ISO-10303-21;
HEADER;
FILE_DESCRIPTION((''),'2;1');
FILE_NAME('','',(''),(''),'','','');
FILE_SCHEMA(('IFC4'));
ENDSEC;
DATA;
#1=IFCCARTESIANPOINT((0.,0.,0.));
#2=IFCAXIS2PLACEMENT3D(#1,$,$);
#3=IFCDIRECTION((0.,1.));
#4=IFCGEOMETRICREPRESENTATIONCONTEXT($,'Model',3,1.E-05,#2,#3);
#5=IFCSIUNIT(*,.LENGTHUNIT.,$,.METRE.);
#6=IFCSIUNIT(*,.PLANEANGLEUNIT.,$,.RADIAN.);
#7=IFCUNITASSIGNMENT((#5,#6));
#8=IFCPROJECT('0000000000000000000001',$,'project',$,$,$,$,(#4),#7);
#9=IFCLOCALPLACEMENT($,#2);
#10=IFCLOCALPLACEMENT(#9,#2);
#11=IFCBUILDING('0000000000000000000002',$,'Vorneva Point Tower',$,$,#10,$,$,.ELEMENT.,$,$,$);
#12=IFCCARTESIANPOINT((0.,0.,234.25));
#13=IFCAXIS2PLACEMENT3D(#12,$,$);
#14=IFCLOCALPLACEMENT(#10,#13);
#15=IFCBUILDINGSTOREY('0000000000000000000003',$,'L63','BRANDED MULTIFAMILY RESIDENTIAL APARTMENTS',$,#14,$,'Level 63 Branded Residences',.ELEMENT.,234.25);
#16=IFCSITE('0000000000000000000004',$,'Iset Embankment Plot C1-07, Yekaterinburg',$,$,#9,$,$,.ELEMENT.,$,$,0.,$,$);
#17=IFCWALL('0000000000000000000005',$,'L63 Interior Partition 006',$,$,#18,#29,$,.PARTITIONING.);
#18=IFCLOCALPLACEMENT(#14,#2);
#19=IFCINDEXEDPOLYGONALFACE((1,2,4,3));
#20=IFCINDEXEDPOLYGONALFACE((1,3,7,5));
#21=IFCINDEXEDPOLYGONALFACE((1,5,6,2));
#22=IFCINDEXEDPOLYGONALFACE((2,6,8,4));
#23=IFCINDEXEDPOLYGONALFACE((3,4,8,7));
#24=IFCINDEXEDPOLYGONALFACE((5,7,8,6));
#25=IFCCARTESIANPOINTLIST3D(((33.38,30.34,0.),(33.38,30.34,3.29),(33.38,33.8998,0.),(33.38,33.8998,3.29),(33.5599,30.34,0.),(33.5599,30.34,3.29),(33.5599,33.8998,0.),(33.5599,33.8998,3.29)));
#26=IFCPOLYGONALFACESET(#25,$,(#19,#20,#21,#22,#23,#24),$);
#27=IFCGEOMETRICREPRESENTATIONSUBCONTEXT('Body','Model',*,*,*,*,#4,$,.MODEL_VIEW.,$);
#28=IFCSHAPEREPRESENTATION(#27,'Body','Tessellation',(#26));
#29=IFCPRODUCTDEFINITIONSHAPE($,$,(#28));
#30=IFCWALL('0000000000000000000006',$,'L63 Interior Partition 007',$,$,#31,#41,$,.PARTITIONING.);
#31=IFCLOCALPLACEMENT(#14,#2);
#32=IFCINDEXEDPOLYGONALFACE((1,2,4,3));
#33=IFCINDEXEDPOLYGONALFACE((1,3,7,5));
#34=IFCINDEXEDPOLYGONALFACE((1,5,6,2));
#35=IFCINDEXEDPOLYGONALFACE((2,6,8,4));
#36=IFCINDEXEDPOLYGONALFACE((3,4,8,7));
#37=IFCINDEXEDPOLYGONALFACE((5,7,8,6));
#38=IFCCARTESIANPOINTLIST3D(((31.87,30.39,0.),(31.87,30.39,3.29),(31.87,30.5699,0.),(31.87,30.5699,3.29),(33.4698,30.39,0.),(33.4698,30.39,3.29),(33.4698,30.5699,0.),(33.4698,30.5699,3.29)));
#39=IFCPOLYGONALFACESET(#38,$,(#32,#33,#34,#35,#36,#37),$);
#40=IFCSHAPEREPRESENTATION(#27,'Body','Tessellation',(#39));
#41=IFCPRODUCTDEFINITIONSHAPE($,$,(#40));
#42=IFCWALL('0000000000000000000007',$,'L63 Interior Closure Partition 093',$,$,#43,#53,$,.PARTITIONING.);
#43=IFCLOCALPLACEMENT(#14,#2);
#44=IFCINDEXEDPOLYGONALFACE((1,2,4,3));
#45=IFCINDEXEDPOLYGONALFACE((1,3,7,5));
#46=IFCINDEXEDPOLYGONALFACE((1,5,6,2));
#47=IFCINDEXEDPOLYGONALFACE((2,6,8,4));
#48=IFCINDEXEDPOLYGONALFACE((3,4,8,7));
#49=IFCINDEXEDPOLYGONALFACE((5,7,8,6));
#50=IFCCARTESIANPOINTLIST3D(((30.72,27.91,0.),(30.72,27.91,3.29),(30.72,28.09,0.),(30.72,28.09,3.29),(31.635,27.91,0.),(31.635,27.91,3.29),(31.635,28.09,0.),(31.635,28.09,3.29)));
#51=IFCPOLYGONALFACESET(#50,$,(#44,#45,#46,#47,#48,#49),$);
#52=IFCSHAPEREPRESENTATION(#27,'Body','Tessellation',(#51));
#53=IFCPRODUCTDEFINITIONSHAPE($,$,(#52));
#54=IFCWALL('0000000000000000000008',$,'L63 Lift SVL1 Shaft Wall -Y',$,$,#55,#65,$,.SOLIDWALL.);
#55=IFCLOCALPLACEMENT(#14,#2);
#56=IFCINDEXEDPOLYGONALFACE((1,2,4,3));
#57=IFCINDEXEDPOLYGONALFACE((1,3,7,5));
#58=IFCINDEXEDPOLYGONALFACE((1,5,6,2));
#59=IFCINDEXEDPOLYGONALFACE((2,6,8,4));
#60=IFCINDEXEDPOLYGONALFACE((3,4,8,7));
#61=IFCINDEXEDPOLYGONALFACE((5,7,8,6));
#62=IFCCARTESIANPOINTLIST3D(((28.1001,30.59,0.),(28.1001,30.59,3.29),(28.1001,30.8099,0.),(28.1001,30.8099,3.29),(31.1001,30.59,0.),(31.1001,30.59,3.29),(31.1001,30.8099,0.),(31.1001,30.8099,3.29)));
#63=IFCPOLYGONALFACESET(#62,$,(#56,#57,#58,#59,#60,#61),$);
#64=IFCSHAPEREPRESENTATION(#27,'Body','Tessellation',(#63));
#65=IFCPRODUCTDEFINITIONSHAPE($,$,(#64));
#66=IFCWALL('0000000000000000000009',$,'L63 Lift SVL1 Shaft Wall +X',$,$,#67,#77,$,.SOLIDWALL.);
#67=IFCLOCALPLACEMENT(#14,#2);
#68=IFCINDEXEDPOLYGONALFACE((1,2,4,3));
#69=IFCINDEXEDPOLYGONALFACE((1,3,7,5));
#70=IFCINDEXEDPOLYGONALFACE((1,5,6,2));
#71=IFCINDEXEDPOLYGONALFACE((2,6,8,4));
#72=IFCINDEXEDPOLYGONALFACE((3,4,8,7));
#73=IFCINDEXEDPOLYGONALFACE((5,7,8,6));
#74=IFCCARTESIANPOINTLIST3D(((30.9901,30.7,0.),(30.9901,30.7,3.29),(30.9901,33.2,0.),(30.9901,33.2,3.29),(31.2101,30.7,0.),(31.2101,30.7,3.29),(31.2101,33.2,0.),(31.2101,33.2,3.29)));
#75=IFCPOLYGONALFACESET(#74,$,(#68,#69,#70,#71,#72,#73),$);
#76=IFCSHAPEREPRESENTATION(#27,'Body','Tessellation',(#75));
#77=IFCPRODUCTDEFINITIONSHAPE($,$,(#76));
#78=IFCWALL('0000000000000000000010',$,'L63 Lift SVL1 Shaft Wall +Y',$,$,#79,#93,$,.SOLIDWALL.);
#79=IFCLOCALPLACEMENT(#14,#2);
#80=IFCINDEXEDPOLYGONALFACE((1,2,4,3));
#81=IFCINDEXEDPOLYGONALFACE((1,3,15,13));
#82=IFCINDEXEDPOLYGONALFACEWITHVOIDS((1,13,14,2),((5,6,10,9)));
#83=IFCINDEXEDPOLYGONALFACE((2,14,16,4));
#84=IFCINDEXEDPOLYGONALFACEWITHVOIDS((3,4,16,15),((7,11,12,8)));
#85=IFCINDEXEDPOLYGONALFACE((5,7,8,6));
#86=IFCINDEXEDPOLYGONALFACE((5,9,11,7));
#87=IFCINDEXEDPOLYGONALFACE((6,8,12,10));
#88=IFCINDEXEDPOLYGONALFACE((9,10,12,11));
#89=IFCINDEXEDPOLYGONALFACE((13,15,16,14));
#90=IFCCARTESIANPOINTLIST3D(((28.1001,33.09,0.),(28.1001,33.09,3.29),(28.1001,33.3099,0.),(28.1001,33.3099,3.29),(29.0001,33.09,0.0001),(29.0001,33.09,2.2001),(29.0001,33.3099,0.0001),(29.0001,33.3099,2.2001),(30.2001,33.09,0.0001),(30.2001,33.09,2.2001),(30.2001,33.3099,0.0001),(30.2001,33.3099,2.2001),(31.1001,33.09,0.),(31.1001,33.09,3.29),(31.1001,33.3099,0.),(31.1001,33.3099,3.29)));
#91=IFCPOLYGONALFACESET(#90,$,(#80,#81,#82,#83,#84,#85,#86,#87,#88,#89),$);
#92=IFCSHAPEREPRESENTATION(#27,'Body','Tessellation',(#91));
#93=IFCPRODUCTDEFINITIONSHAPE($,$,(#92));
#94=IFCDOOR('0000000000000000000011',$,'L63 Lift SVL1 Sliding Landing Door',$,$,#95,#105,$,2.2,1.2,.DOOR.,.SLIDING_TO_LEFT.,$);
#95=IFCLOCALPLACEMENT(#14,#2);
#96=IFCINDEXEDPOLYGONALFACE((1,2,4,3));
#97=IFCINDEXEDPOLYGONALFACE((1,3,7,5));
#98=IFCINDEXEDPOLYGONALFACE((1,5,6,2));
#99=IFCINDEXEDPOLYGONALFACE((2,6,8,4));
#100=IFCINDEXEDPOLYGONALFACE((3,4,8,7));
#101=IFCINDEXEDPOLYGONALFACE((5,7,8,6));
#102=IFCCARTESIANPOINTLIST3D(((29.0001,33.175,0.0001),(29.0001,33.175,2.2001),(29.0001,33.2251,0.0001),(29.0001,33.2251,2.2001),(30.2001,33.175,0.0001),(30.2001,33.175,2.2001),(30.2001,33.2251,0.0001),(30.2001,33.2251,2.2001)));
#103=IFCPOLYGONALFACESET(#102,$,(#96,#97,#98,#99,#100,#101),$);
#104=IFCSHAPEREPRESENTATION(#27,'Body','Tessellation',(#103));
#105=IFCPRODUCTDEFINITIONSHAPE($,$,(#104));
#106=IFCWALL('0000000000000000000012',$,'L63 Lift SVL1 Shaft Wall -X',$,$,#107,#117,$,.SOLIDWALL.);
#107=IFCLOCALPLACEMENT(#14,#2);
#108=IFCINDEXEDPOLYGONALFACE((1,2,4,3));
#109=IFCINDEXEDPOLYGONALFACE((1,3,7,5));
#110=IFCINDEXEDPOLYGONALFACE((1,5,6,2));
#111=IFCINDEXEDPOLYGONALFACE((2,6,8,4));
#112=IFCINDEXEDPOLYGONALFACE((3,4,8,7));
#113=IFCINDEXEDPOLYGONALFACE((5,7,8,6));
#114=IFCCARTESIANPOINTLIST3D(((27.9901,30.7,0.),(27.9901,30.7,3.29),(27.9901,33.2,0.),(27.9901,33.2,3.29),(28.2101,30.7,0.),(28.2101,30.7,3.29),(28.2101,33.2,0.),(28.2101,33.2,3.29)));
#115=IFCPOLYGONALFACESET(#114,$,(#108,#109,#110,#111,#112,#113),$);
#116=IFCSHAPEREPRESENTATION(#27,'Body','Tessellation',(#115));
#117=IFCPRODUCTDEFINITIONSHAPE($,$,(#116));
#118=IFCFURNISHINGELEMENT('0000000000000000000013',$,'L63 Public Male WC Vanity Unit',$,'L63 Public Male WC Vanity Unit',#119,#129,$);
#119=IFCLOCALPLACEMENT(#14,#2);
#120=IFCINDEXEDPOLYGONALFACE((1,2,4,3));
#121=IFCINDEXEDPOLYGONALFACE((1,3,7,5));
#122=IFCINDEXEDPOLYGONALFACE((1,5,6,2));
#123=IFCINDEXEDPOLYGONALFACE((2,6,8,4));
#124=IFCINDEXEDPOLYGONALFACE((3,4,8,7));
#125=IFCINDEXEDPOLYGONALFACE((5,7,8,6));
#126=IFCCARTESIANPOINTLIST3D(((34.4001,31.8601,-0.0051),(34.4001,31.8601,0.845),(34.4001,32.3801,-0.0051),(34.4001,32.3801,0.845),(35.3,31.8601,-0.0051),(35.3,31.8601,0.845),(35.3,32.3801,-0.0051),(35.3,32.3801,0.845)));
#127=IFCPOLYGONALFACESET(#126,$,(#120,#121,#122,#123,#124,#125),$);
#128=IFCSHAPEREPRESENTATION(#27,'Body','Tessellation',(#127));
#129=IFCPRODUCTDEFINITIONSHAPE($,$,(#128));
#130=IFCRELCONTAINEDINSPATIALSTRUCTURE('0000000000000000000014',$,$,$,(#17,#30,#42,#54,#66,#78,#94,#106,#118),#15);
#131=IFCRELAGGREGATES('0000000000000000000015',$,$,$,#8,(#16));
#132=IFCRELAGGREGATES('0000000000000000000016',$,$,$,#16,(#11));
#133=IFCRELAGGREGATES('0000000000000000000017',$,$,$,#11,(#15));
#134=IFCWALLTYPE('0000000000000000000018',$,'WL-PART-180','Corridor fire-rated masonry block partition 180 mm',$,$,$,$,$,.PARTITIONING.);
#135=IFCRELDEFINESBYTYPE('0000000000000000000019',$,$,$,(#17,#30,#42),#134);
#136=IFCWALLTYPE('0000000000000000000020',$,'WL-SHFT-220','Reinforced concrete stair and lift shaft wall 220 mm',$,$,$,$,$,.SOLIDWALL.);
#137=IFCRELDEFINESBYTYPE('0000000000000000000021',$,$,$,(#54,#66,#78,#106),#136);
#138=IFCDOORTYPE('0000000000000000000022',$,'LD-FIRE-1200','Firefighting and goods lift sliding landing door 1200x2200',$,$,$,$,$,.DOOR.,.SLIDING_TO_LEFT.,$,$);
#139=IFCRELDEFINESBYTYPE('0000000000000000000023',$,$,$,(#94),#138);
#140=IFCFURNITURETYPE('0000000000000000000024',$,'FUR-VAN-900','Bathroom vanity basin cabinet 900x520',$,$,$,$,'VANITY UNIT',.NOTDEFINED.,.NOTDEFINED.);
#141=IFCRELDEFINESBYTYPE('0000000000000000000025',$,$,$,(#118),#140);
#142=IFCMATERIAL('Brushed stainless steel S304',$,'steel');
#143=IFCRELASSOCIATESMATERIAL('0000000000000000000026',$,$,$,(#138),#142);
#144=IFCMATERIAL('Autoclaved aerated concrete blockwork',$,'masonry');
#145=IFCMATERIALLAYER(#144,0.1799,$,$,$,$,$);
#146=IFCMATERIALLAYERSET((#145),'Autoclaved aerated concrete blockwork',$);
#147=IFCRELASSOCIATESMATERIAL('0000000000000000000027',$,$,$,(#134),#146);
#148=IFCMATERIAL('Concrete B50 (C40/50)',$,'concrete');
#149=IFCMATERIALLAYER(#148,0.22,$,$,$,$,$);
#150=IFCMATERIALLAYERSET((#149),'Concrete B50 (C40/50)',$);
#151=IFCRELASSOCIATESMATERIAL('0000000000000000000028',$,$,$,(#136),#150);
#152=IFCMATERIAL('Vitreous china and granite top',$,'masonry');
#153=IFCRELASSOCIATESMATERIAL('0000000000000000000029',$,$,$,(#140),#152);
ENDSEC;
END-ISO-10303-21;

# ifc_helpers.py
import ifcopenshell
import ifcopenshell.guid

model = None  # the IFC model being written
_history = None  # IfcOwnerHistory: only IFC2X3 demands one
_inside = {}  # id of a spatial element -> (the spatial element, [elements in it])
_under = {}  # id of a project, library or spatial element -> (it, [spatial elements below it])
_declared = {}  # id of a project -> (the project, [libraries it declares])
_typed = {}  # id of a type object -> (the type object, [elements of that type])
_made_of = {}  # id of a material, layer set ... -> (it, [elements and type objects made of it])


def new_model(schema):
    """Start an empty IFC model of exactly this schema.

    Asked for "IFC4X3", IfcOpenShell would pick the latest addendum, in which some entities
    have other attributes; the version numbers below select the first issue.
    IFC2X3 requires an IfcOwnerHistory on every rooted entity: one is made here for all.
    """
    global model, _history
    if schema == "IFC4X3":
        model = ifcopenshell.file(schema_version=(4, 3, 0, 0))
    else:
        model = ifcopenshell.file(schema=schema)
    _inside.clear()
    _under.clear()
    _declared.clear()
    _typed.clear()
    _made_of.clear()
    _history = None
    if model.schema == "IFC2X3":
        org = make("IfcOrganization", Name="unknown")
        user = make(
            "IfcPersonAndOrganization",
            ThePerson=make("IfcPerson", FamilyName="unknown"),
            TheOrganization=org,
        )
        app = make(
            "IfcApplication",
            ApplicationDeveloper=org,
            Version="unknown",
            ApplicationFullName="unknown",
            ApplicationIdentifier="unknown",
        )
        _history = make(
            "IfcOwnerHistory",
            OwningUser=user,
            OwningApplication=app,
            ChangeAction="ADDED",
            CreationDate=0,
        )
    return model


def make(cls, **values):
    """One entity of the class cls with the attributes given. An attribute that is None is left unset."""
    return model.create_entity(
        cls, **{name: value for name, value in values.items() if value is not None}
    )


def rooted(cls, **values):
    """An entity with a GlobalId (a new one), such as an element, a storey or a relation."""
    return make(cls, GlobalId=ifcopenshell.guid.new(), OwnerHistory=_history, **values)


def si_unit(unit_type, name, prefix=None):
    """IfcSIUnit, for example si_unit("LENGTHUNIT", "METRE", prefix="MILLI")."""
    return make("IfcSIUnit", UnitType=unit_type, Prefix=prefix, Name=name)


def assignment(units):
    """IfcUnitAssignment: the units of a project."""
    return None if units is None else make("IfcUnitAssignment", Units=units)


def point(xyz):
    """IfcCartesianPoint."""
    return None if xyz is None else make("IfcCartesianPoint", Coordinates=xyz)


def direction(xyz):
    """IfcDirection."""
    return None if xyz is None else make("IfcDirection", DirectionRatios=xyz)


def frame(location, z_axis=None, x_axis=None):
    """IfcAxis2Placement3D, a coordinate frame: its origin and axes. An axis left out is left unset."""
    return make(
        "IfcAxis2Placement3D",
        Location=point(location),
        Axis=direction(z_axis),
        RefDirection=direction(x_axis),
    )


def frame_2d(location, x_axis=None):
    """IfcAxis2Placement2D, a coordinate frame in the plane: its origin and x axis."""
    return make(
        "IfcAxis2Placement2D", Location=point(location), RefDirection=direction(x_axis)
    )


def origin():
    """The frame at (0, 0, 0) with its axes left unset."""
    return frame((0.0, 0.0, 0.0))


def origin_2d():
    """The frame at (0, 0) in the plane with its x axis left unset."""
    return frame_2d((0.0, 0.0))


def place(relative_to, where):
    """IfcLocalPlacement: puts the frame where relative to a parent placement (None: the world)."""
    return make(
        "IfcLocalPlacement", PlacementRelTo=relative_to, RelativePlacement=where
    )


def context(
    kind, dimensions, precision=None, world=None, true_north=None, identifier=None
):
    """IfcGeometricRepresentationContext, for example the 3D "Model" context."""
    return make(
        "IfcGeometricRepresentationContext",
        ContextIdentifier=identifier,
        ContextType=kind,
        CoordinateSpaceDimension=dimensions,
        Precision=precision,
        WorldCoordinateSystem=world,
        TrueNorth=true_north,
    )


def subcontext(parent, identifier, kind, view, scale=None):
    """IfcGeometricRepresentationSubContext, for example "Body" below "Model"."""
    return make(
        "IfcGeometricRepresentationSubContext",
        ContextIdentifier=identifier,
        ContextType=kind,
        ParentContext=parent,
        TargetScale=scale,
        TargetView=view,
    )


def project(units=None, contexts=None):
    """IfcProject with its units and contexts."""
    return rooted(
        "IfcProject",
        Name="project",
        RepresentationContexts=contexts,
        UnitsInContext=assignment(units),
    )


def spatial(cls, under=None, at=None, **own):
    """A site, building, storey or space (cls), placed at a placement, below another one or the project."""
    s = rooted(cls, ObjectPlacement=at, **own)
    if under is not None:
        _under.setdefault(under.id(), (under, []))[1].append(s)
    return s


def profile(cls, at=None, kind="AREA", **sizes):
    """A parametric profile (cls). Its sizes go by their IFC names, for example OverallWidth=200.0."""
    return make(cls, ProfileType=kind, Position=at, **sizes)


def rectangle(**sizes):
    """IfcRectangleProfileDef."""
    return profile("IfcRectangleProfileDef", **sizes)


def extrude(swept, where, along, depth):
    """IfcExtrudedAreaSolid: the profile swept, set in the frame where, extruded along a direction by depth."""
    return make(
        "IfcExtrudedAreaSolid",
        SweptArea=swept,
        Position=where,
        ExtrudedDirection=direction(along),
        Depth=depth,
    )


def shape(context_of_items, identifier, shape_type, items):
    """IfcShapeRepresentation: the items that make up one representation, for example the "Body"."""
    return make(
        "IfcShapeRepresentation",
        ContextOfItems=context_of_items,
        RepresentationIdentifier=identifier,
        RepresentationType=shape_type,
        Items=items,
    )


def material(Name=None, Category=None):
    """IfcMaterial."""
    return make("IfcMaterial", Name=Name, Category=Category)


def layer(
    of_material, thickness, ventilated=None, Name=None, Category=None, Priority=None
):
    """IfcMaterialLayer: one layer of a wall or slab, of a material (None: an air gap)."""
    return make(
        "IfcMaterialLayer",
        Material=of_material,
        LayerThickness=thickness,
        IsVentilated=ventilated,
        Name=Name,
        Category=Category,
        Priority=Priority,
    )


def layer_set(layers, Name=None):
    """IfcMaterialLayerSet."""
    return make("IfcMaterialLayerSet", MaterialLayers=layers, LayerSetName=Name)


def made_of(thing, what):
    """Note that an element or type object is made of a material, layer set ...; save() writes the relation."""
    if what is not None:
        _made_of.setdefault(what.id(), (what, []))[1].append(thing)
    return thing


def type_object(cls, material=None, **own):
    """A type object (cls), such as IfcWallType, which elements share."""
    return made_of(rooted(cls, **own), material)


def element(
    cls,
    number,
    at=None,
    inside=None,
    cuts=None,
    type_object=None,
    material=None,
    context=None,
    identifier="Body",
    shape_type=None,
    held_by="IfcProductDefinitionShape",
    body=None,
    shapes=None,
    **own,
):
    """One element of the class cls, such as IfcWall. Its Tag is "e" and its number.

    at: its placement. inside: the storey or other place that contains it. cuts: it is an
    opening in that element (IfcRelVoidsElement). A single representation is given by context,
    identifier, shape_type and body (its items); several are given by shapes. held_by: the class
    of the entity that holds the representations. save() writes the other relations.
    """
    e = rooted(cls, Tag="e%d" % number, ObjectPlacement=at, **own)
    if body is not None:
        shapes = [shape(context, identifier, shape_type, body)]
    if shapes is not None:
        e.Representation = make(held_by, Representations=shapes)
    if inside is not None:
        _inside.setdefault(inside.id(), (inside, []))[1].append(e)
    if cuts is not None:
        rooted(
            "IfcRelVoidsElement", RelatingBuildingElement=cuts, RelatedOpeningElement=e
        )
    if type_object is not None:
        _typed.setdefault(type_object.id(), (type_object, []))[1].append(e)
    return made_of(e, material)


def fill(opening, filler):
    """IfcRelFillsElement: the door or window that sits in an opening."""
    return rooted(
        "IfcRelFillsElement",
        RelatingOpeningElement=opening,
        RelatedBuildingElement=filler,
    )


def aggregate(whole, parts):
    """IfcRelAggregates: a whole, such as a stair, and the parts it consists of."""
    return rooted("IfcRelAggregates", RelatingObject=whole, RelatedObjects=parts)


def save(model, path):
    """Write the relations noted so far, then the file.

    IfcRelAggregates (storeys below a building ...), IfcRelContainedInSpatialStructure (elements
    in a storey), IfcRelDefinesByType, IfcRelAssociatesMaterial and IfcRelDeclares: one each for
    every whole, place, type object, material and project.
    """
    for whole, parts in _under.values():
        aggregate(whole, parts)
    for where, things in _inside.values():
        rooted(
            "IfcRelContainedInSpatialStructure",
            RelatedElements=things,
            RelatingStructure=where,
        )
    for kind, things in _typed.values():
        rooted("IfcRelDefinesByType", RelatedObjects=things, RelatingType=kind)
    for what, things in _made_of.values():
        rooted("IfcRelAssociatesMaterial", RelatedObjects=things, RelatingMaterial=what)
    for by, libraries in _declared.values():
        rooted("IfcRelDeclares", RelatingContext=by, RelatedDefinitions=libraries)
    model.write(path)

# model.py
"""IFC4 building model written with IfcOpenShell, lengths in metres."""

from ifc_helpers import new_model, si_unit, direction, frame, frame_2d, origin, origin_2d, place, context, subcontext, project, spatial, rectangle, extrude, material, layer, layer_set, type_object, element, fill, save


model = new_model("IFC4")

# Units and contexts
model_context = context("Model", 3, precision=1e-05, world=origin(), true_north=direction((0.0, 1.0)))
body_context = subcontext(model_context, "Body", "Model", "MODEL_VIEW")
ifc_project = project(units=[si_unit("LENGTHUNIT", "METRE"), si_unit("PLANEANGLEUNIT", "RADIAN")], contexts=[model_context])

# Site, building, storey
site_placement = place(None, origin())
site = spatial("IfcSite", under=ifc_project, at=site_placement, Name="Iset Embankment Plot C1-07, Yekaterinburg", CompositionType="ELEMENT", RefElevation=0.0)
building_placement = place(site_placement, origin())
building = spatial("IfcBuilding", under=site, at=building_placement, Name="Vorneva Point Tower", CompositionType="ELEMENT")
storey_placement = place(building_placement, frame((0.0, 0.0, 234.25)))
storey = spatial("IfcBuildingStorey", under=building, at=storey_placement, Name="L63", Description="BRANDED MULTIFAMILY RESIDENTIAL APARTMENTS", LongName="Level 63 Branded Residences", CompositionType="ELEMENT", Elevation=234.25)

# Shared definitions
ifc_material_1 = material(Name="Concrete B50 (C40/50)", Category="concrete")

# Shared definitions
ifc_material_2 = material(Name="Brushed stainless steel S304", Category="steel")
door_type_1 = type_object("IfcDoorType", Name="LD-FIRE-1200", Description="Firefighting and goods lift sliding landing door 1200x2200", OperationType="SLIDING_TO_LEFT", PredefinedType="DOOR", material=ifc_material_2)

# Shared definitions
ifc_material_3 = material(Name="Autoclaved aerated concrete blockwork", Category="masonry")
ifc_layer_1 = layer(ifc_material_3, 0.1799)
ifc_layer_set_1 = layer_set([ifc_layer_1], Name="Autoclaved aerated concrete blockwork")
wall_type_1 = type_object("IfcWallType", Name="WL-PART-180", Description="Corridor fire-rated masonry block partition 180 mm", PredefinedType="PARTITIONING", material=ifc_layer_set_1)

# Walls
wall_1_placement = place(storey_placement, frame((33.47, 30.3401, 0.0), z_axis=(0.0, 0.0, 1.0), x_axis=(0.0, 1.0, 0.0)))
element("IfcWall", 1, at=wall_1_placement, inside=storey, type_object=wall_type_1, Name="L63 Interior Partition 006", PredefinedType="PARTITIONING", context=body_context, shape_type="SweptSolid", body=[
    extrude(rectangle(XDim=3.5598, YDim=0.1799, at=frame_2d((1.7798, 0.0))), origin(), (0.0, 0.0, 1.0), 3.29),
])
wall_2_placement = place(storey_placement, frame((31.8701, 30.48, 0.0), z_axis=(0.0, 0.0, 1.0), x_axis=(1.0, 0.0, 0.0)))
element("IfcWall", 2, at=wall_2_placement, inside=storey, type_object=wall_type_1, Name="L63 Interior Partition 007", PredefinedType="PARTITIONING", context=body_context, shape_type="SweptSolid", body=[
    extrude(rectangle(XDim=1.5999, YDim=0.1799, at=frame_2d((0.7998, 0.0))), origin(), (0.0, 0.0, 1.0), 3.29),
])

# Walls
wall_3_placement = place(storey_placement, frame((31.635, 28.0, 0.0), z_axis=(0.0, 0.0, 1.0), x_axis=(-1.0, 0.0, 0.0)))
element("IfcWall", 3, at=wall_3_placement, inside=storey, type_object=wall_type_1, Name="L63 Interior Closure Partition 093", PredefinedType="PARTITIONING", context=body_context, shape_type="SweptSolid", body=[
    extrude(rectangle(XDim=0.915, YDim=0.1799, at=frame_2d((0.4575, 0.0))), origin(), (0.0, 0.0, 1.0), 3.29),
])
ifc_layer_2 = layer(ifc_material_1, 0.22)
ifc_layer_set_2 = layer_set([ifc_layer_2], Name="Concrete B50 (C40/50)")
wall_type_2 = type_object("IfcWallType", Name="WL-SHFT-220", Description="Reinforced concrete stair and lift shaft wall 220 mm", PredefinedType="SOLIDWALL", material=ifc_layer_set_2)
wall_4_placement = place(storey_placement, frame((28.1001, 30.7, 0.0), z_axis=(0.0, 0.0, 1.0), x_axis=(1.0, 0.0, 0.0)))
element("IfcWall", 4, at=wall_4_placement, inside=storey, type_object=wall_type_2, Name="L63 Lift SVL1 Shaft Wall -Y", PredefinedType="SOLIDWALL", context=body_context, shape_type="SweptSolid", body=[
    extrude(rectangle(XDim=3.0, YDim=0.22, at=frame_2d((1.5, 0.0))), origin(), (0.0, 0.0, 1.0), 3.29),
])
wall_5_placement = place(storey_placement, frame((31.1001, 30.7, 0.0), z_axis=(0.0, 0.0, 1.0), x_axis=(0.0, 1.0, 0.0)))
element("IfcWall", 5, at=wall_5_placement, inside=storey, type_object=wall_type_2, Name="L63 Lift SVL1 Shaft Wall +X", PredefinedType="SOLIDWALL", context=body_context, shape_type="SweptSolid", body=[
    extrude(rectangle(XDim=2.5, YDim=0.22, at=frame_2d((1.25, 0.0))), origin(), (0.0, 0.0, 1.0), 3.29),
])

# Wall, opening, door
wall_6_placement = place(storey_placement, frame((31.1001, 33.2, 0.0), z_axis=(0.0, 0.0, 1.0), x_axis=(-1.0, 0.0, 0.0)))
wall_6 = element("IfcWall", 6, at=wall_6_placement, inside=storey, type_object=wall_type_2, Name="L63 Lift SVL1 Shaft Wall +Y", PredefinedType="SOLIDWALL", context=body_context, shape_type="SweptSolid", body=[
    extrude(rectangle(XDim=3.0, YDim=0.22, at=frame_2d((1.5, 0.0))), origin(), (0.0, 0.0, 1.0), 3.29),
])
opening_1_placement = place(wall_6_placement, frame((0.8999, 0.0, 0.0)))
opening_1 = element("IfcOpeningElement", 7, at=opening_1_placement, cuts=wall_6, PredefinedType="OPENING", context=body_context, shape_type="SweptSolid", body=[
    extrude(rectangle(XDim=1.2, YDim=2.2, at=frame_2d((0.6001, 1.1001))), frame((0.0, 0.125, 0.0), z_axis=(0.0, -1.0, 0.0), x_axis=(1.0, 0.0, 0.0)), (0.0, 0.0, 1.0), 0.2498),
])
door_1_placement = place(opening_1_placement, origin())
door_1 = element("IfcDoor", 8, at=door_1_placement, inside=storey, type_object=door_type_1, Name="L63 Lift SVL1 Sliding Landing Door", OperationType="SLIDING_TO_LEFT", OverallHeight=2.2, OverallWidth=1.2, PredefinedType="DOOR", context=body_context, shape_type="SweptSolid", body=[
    extrude(rectangle(XDim=1.2, YDim=2.2, at=frame_2d((0.6001, 1.1001))), frame((0.0, 0.0249, 0.0), z_axis=(0.0, -1.0, 0.0), x_axis=(1.0, 0.0, 0.0)), (0.0, 0.0, 1.0), 0.05),
])
fill(opening_1, door_1)

# Wall
wall_7_placement = place(storey_placement, frame((28.1001, 33.2, 0.0), z_axis=(0.0, 0.0, 1.0), x_axis=(0.0, -1.0, 0.0)))
element("IfcWall", 9, at=wall_7_placement, inside=storey, type_object=wall_type_2, Name="L63 Lift SVL1 Shaft Wall -X", PredefinedType="SOLIDWALL", context=body_context, shape_type="SweptSolid", body=[
    extrude(rectangle(XDim=2.5, YDim=0.22, at=frame_2d((1.25, 0.0))), origin(), (0.0, 0.0, 1.0), 3.29),
])

# Furnishing element
ifc_material_4 = material(Name="Vitreous china and granite top", Category="masonry")
furniture_type = type_object("IfcFurnitureType", Name="FUR-VAN-900", Description="Bathroom vanity basin cabinet 900x520", ElementType="VANITY UNIT", AssemblyPlace="NOTDEFINED", PredefinedType="NOTDEFINED", material=ifc_material_4)
furnishing_placement = place(storey_placement, frame((34.8501, 32.1201, -0.0051), z_axis=(0.0, 0.0, 1.0), x_axis=(1.0, 0.0, 0.0)))
element("IfcFurnishingElement", 10, at=furnishing_placement, inside=storey, type_object=furniture_type, Name="L63 Public Male WC Vanity Unit", ObjectType="L63 Public Male WC Vanity Unit", context=body_context, shape_type="SweptSolid", body=[
    extrude(rectangle(XDim=0.8999, YDim=0.52, at=origin_2d()), origin(), (0.0, 0.0, 1.0), 0.8501),
])

save(model, "model.ifc")
